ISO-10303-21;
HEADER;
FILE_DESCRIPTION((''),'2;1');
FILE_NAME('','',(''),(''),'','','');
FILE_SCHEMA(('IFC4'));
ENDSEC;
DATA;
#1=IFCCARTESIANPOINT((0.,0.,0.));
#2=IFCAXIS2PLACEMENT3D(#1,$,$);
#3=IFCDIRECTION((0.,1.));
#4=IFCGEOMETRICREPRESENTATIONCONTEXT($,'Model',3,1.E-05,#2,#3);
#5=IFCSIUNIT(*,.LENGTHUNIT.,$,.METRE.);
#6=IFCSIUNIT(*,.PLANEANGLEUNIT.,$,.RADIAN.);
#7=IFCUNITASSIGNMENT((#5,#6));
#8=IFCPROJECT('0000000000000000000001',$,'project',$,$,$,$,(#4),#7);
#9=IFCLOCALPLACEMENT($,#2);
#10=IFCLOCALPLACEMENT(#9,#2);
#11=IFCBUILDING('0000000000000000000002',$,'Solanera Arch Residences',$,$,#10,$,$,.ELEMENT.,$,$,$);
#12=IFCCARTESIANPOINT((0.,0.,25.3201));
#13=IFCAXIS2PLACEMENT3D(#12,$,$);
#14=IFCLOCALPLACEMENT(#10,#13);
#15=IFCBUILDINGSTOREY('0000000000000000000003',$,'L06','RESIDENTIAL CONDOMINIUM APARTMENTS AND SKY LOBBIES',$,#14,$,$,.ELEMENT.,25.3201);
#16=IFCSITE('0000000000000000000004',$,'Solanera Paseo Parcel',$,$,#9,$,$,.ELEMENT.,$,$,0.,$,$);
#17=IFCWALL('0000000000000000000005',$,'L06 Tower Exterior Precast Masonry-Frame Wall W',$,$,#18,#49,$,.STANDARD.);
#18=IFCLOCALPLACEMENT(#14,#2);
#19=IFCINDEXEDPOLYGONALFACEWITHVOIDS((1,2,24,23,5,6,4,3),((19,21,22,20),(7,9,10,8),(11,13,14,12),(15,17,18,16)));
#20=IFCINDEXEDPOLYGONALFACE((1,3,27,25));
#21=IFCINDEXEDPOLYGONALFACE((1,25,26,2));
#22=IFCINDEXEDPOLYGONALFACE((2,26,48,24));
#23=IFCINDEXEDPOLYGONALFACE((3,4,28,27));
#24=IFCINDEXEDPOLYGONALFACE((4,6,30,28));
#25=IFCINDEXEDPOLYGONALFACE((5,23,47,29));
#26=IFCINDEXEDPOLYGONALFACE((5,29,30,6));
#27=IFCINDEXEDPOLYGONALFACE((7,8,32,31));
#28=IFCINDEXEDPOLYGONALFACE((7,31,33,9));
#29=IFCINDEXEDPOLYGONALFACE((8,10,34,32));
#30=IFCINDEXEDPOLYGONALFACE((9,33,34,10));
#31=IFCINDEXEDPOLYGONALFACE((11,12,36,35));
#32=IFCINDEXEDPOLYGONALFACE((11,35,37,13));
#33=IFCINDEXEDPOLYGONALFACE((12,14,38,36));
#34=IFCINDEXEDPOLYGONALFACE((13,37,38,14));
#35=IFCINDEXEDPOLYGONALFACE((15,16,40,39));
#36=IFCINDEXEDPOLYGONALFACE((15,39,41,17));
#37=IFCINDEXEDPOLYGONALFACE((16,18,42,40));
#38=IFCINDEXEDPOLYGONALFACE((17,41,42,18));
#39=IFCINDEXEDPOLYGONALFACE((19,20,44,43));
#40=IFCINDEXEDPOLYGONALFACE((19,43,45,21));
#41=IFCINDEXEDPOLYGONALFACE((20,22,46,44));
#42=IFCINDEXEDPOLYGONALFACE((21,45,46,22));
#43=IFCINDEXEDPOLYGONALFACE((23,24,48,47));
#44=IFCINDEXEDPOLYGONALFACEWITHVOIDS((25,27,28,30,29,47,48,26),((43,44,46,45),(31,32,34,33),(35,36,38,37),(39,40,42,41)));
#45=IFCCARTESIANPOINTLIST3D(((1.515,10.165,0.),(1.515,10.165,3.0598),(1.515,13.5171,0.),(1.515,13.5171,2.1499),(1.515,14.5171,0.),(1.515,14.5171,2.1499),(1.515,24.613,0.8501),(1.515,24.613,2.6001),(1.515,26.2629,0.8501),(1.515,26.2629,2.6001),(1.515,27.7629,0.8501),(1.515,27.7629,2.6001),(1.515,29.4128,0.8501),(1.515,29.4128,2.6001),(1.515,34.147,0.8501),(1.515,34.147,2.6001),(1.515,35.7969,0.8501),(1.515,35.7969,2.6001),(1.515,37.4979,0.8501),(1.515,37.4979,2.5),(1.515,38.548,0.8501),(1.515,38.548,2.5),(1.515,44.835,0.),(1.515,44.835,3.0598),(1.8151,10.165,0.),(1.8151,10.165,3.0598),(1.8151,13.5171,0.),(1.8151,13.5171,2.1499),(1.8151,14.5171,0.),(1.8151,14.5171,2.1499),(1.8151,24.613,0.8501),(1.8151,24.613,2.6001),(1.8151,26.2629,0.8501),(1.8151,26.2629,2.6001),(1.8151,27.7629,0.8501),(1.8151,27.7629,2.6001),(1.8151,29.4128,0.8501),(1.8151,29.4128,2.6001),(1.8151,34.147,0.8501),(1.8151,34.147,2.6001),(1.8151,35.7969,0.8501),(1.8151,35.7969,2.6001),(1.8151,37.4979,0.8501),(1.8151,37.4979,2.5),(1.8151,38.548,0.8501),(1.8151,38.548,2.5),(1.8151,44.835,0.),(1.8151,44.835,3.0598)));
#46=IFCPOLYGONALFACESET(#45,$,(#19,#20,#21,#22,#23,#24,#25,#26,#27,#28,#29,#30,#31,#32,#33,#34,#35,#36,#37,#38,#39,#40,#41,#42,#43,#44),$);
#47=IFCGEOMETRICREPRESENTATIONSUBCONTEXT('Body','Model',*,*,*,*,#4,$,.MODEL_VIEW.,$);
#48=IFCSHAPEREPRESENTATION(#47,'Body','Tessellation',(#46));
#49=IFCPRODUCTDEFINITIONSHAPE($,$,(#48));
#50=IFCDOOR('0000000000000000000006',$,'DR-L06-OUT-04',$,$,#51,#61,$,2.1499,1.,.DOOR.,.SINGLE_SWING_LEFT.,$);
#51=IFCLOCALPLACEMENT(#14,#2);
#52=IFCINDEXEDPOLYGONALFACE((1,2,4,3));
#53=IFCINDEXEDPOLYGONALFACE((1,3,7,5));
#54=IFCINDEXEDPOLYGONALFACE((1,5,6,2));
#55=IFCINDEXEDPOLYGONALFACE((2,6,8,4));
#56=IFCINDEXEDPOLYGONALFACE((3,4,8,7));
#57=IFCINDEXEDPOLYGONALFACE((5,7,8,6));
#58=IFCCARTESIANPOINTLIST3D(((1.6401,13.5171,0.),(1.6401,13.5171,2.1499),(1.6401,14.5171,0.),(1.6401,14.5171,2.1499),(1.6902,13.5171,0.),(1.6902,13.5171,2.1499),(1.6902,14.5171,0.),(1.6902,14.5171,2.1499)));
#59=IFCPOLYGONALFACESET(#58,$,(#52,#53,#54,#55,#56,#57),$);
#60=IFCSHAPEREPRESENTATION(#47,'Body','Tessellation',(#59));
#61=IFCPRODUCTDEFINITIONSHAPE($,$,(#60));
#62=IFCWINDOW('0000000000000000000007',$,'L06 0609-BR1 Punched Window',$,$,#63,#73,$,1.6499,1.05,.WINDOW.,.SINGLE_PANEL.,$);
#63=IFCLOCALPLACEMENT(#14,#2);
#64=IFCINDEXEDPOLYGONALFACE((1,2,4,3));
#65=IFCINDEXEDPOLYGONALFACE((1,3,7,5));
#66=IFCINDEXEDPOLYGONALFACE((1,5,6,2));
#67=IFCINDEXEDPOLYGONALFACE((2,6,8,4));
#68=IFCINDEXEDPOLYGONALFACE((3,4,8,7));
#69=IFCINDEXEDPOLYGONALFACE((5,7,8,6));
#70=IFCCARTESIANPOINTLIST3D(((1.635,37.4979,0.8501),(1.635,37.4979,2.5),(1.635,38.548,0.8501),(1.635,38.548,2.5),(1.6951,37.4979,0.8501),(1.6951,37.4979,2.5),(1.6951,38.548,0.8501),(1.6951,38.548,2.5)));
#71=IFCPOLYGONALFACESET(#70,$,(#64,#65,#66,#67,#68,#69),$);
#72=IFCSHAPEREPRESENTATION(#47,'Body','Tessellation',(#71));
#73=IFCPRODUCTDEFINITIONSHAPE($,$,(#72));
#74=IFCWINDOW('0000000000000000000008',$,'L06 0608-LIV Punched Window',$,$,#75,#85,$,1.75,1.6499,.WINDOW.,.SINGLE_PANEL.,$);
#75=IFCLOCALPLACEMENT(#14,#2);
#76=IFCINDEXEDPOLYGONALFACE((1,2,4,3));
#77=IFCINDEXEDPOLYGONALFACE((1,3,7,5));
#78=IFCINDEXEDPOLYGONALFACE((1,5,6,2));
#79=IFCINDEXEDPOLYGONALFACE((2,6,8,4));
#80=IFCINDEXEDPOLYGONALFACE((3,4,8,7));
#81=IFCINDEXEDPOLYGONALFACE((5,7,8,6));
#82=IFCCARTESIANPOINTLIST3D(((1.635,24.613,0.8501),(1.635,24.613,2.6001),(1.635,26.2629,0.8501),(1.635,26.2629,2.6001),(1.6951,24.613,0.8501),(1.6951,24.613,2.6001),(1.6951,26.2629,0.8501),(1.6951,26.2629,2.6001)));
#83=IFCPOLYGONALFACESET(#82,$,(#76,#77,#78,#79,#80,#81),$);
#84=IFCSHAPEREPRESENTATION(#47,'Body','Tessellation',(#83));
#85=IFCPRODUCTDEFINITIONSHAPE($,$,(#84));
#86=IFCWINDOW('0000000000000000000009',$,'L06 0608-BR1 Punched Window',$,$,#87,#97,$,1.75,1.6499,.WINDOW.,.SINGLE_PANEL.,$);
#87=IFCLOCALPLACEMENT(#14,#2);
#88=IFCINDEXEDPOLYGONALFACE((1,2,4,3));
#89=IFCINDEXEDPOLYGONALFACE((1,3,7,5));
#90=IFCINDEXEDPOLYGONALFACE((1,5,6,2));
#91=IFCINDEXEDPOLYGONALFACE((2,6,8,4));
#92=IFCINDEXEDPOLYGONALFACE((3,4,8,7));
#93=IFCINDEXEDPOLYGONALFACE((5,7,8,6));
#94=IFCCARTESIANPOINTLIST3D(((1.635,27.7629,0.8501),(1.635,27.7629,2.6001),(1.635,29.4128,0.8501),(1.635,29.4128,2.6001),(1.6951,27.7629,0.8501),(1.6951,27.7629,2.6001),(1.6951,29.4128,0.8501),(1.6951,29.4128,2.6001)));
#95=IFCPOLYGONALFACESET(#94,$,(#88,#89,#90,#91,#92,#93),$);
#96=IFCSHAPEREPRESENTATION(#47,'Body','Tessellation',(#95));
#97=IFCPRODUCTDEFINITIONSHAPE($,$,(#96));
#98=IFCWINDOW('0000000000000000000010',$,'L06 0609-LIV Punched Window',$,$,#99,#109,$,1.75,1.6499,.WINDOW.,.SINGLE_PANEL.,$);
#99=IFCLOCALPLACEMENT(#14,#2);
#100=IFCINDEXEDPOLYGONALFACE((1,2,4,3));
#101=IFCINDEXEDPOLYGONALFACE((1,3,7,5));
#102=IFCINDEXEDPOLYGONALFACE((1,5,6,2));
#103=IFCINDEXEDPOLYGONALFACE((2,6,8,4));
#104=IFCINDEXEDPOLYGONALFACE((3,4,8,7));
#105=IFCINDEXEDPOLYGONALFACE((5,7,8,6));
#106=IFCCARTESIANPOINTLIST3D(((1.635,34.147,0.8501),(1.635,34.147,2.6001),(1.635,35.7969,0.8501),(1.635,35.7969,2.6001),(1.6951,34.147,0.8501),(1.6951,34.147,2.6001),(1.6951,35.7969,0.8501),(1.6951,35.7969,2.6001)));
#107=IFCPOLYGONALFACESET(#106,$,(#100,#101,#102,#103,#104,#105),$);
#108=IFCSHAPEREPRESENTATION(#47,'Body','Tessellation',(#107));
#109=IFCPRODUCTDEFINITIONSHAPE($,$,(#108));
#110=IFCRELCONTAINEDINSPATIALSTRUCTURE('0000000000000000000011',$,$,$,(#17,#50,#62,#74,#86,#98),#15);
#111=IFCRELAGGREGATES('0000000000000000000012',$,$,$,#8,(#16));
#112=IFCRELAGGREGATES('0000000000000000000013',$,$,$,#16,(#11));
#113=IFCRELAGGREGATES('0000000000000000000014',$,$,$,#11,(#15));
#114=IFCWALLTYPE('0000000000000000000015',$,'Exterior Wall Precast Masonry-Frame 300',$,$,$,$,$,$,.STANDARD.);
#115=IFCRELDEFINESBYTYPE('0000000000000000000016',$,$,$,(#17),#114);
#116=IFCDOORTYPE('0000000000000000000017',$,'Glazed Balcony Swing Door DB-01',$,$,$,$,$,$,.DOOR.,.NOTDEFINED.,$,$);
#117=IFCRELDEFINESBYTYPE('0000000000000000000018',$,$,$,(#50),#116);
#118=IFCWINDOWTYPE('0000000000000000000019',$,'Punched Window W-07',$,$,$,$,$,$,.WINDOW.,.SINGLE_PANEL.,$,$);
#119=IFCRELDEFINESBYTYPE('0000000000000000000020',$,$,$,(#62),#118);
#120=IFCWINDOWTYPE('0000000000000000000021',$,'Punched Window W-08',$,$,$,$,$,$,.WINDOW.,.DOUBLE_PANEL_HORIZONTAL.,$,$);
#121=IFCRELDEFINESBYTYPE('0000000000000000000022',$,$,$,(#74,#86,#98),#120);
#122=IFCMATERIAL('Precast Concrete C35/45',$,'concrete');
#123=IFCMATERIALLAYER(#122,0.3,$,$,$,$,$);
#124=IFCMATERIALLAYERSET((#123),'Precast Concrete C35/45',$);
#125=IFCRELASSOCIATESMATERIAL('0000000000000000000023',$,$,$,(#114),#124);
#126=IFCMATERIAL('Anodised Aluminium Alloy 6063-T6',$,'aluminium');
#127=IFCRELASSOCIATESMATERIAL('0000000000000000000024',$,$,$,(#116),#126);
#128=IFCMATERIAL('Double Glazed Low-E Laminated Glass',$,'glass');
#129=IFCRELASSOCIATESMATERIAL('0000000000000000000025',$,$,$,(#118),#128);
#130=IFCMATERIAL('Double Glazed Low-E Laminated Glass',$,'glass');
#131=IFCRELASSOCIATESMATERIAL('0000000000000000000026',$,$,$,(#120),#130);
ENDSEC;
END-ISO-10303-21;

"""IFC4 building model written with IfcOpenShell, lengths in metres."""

from ifc_helpers import new_model, si_unit, direction, frame, frame_2d, origin, place, context, subcontext, project, spatial, rectangle, extrude, material, layer, layer_set, type_object, element, fill, save


model = new_model("IFC4")

# Units and contexts
model_context = context("Model", 3, precision=1e-05, world=origin(), true_north=direction((0.0, 1.0)))
body_context = subcontext(model_context, "Body", "Model", "MODEL_VIEW")
ifc_project = project(units=[si_unit("LENGTHUNIT", "METRE"), si_unit("PLANEANGLEUNIT", "RADIAN")], contexts=[model_context])

# Site, building, storey
site_placement = place(None, origin())
site = spatial("IfcSite", under=ifc_project, at=site_placement, Name="Solanera Paseo Parcel", CompositionType="ELEMENT", RefElevation=0.0)
building_placement = place(site_placement, origin())
building = spatial("IfcBuilding", under=site, at=building_placement, Name="Solanera Arch Residences", CompositionType="ELEMENT")
storey_placement = place(building_placement, frame((0.0, 0.0, 25.3201)))
storey = spatial("IfcBuildingStorey", under=building, at=storey_placement, Name="L06", Description="RESIDENTIAL CONDOMINIUM APARTMENTS AND SKY LOBBIES", CompositionType="ELEMENT", Elevation=25.3201)

# Wall, openings, door, windows
ifc_material_1 = material(Name="Precast Concrete C35/45", Category="concrete")
ifc_layer_1 = layer(ifc_material_1, 0.3)
ifc_layer_set_1 = layer_set([ifc_layer_1], Name="Precast Concrete C35/45")
wall_type_1 = type_object("IfcWallType", Name="Exterior Wall Precast Masonry-Frame 300", PredefinedType="STANDARD", material=ifc_layer_set_1)
wall_1_placement = place(storey_placement, frame((1.665, 10.165, 0.0), z_axis=(0.0, 0.0, 1.0), x_axis=(0.0, 1.0, 0.0)))
wall_1 = element("IfcWall", 1, at=wall_1_placement, inside=storey, type_object=wall_type_1, Name="L06 Tower Exterior Precast Masonry-Frame Wall W", PredefinedType="STANDARD", context=body_context, shape_type="SweptSolid", body=[
    extrude(rectangle(XDim=34.6699, YDim=0.3, at=frame_2d((17.335, 0.0))), origin(), (0.0, 0.0, 1.0), 3.0598),
])
opening_1_placement = place(wall_1_placement, frame((3.3521, 0.0, 0.0)))
opening_1 = element("IfcOpeningElement", 2, at=opening_1_placement, cuts=wall_1, PredefinedType="OPENING", context=body_context, shape_type="SweptSolid", body=[
    extrude(rectangle(XDim=1.0, YDim=2.1499, at=frame_2d((0.5, 1.075))), frame((0.0, 0.1599, 0.0), z_axis=(0.0, -1.0, 0.0), x_axis=(1.0, 0.0, 0.0)), (0.0, 0.0, 1.0), 0.32),
])
opening_2_placement = place(wall_1_placement, frame((14.448, 0.0, 0.8501)))
opening_2 = element("IfcOpeningElement", 3, at=opening_2_placement, cuts=wall_1, PredefinedType="OPENING", context=body_context, shape_type="SweptSolid", body=[
    extrude(rectangle(XDim=1.6499, YDim=1.75, at=frame_2d((0.825, 0.875))), frame((0.0, 0.1599, 0.0), z_axis=(0.0, -1.0, 0.0), x_axis=(1.0, 0.0, 0.0)), (0.0, 0.0, 1.0), 0.32),
])
opening_3_placement = place(wall_1_placement, frame((17.5979, 0.0, 0.8501)))
opening_3 = element("IfcOpeningElement", 4, at=opening_3_placement, cuts=wall_1, PredefinedType="OPENING", context=body_context, shape_type="SweptSolid", body=[
    extrude(rectangle(XDim=1.6499, YDim=1.75, at=frame_2d((0.825, 0.875))), frame((0.0, 0.1599, 0.0), z_axis=(0.0, -1.0, 0.0), x_axis=(1.0, 0.0, 0.0)), (0.0, 0.0, 1.0), 0.32),
])
opening_4_placement = place(wall_1_placement, frame((23.9819, 0.0, 0.8501)))
opening_4 = element("IfcOpeningElement", 5, at=opening_4_placement, cuts=wall_1, PredefinedType="OPENING", context=body_context, shape_type="SweptSolid", body=[
    extrude(rectangle(XDim=1.6499, YDim=1.75, at=frame_2d((0.825, 0.875))), frame((0.0, 0.1599, 0.0), z_axis=(0.0, -1.0, 0.0), x_axis=(1.0, 0.0, 0.0)), (0.0, 0.0, 1.0), 0.32),
])
opening_5_placement = place(wall_1_placement, frame((27.333, 0.0, 0.8501)))
opening_5 = element("IfcOpeningElement", 6, at=opening_5_placement, cuts=wall_1, PredefinedType="OPENING", context=body_context, shape_type="SweptSolid", body=[
    extrude(rectangle(XDim=1.05, YDim=1.6499, at=frame_2d((0.5249, 0.825))), frame((0.0, 0.1599, 0.0), z_axis=(0.0, -1.0, 0.0), x_axis=(1.0, 0.0, 0.0)), (0.0, 0.0, 1.0), 0.32),
])
ifc_material_2 = material(Name="Anodised Aluminium Alloy 6063-T6", Category="aluminium")
door_type_1 = type_object("IfcDoorType", Name="Glazed Balcony Swing Door DB-01", OperationType="NOTDEFINED", PredefinedType="DOOR", material=ifc_material_2)
door_1_placement = place(opening_1_placement, origin())
door_1 = element("IfcDoor", 7, at=door_1_placement, inside=storey, type_object=door_type_1, Name="DR-L06-OUT-04", OperationType="SINGLE_SWING_LEFT", OverallHeight=2.1499, OverallWidth=1.0, PredefinedType="DOOR", context=body_context, shape_type="SweptSolid", body=[
    extrude(rectangle(XDim=1.0, YDim=2.1499, at=frame_2d((0.5, 1.075))), frame((0.0, 0.0249, 0.0), z_axis=(0.0, -1.0, 0.0), x_axis=(1.0, 0.0, 0.0)), (0.0, 0.0, 1.0), 0.05),
])
fill(opening_1, door_1)
ifc_material_3 = material(Name="Double Glazed Low-E Laminated Glass", Category="glass")
window_type_1 = type_object("IfcWindowType", Name="Punched Window W-07", PartitioningType="SINGLE_PANEL", PredefinedType="WINDOW", material=ifc_material_3)
window_1_placement = place(opening_5_placement, origin())
window_1 = element("IfcWindow", 8, at=window_1_placement, inside=storey, type_object=window_type_1, Name="L06 0609-BR1 Punched Window", OverallHeight=1.6499, OverallWidth=1.05, PartitioningType="SINGLE_PANEL", PredefinedType="WINDOW", context=body_context, shape_type="SweptSolid", body=[
    extrude(rectangle(XDim=1.05, YDim=1.6499, at=frame_2d((0.5249, 0.825))), frame((0.0, 0.03, 0.0), z_axis=(0.0, -1.0, 0.0), x_axis=(1.0, 0.0, 0.0)), (0.0, 0.0, 1.0), 0.0601),
])
fill(opening_5, window_1)
ifc_material_4 = material(Name="Double Glazed Low-E Laminated Glass", Category="glass")
window_type_2 = type_object("IfcWindowType", Name="Punched Window W-08", PartitioningType="DOUBLE_PANEL_HORIZONTAL", PredefinedType="WINDOW", material=ifc_material_4)
window_2_placement = place(opening_2_placement, origin())
window_2 = element("IfcWindow", 9, at=window_2_placement, inside=storey, type_object=window_type_2, Name="L06 0608-LIV Punched Window", OverallHeight=1.75, OverallWidth=1.6499, PartitioningType="SINGLE_PANEL", PredefinedType="WINDOW", context=body_context, shape_type="SweptSolid", body=[
    extrude(rectangle(XDim=1.6499, YDim=1.75, at=frame_2d((0.825, 0.875))), frame((0.0, 0.03, 0.0), z_axis=(0.0, -1.0, 0.0), x_axis=(1.0, 0.0, 0.0)), (0.0, 0.0, 1.0), 0.0601),
])
fill(opening_2, window_2)
window_3_placement = place(opening_3_placement, origin())
window_3 = element("IfcWindow", 10, at=window_3_placement, inside=storey, type_object=window_type_2, Name="L06 0608-BR1 Punched Window", OverallHeight=1.75, OverallWidth=1.6499, PartitioningType="SINGLE_PANEL", PredefinedType="WINDOW", context=body_context, shape_type="SweptSolid", body=[
    extrude(rectangle(XDim=1.6499, YDim=1.75, at=frame_2d((0.825, 0.875))), frame((0.0, 0.03, 0.0), z_axis=(0.0, -1.0, 0.0), x_axis=(1.0, 0.0, 0.0)), (0.0, 0.0, 1.0), 0.0601),
])
fill(opening_3, window_3)
window_4_placement = place(opening_4_placement, origin())
window_4 = element("IfcWindow", 11, at=window_4_placement, inside=storey, type_object=window_type_2, Name="L06 0609-LIV Punched Window", OverallHeight=1.75, OverallWidth=1.6499, PartitioningType="SINGLE_PANEL", PredefinedType="WINDOW", context=body_context, shape_type="SweptSolid", body=[
    extrude(rectangle(XDim=1.6499, YDim=1.75, at=frame_2d((0.825, 0.875))), frame((0.0, 0.03, 0.0), z_axis=(0.0, -1.0, 0.0), x_axis=(1.0, 0.0, 0.0)), (0.0, 0.0, 1.0), 0.0601),
])
fill(opening_4, window_4)

save(model, "model.ifc")
